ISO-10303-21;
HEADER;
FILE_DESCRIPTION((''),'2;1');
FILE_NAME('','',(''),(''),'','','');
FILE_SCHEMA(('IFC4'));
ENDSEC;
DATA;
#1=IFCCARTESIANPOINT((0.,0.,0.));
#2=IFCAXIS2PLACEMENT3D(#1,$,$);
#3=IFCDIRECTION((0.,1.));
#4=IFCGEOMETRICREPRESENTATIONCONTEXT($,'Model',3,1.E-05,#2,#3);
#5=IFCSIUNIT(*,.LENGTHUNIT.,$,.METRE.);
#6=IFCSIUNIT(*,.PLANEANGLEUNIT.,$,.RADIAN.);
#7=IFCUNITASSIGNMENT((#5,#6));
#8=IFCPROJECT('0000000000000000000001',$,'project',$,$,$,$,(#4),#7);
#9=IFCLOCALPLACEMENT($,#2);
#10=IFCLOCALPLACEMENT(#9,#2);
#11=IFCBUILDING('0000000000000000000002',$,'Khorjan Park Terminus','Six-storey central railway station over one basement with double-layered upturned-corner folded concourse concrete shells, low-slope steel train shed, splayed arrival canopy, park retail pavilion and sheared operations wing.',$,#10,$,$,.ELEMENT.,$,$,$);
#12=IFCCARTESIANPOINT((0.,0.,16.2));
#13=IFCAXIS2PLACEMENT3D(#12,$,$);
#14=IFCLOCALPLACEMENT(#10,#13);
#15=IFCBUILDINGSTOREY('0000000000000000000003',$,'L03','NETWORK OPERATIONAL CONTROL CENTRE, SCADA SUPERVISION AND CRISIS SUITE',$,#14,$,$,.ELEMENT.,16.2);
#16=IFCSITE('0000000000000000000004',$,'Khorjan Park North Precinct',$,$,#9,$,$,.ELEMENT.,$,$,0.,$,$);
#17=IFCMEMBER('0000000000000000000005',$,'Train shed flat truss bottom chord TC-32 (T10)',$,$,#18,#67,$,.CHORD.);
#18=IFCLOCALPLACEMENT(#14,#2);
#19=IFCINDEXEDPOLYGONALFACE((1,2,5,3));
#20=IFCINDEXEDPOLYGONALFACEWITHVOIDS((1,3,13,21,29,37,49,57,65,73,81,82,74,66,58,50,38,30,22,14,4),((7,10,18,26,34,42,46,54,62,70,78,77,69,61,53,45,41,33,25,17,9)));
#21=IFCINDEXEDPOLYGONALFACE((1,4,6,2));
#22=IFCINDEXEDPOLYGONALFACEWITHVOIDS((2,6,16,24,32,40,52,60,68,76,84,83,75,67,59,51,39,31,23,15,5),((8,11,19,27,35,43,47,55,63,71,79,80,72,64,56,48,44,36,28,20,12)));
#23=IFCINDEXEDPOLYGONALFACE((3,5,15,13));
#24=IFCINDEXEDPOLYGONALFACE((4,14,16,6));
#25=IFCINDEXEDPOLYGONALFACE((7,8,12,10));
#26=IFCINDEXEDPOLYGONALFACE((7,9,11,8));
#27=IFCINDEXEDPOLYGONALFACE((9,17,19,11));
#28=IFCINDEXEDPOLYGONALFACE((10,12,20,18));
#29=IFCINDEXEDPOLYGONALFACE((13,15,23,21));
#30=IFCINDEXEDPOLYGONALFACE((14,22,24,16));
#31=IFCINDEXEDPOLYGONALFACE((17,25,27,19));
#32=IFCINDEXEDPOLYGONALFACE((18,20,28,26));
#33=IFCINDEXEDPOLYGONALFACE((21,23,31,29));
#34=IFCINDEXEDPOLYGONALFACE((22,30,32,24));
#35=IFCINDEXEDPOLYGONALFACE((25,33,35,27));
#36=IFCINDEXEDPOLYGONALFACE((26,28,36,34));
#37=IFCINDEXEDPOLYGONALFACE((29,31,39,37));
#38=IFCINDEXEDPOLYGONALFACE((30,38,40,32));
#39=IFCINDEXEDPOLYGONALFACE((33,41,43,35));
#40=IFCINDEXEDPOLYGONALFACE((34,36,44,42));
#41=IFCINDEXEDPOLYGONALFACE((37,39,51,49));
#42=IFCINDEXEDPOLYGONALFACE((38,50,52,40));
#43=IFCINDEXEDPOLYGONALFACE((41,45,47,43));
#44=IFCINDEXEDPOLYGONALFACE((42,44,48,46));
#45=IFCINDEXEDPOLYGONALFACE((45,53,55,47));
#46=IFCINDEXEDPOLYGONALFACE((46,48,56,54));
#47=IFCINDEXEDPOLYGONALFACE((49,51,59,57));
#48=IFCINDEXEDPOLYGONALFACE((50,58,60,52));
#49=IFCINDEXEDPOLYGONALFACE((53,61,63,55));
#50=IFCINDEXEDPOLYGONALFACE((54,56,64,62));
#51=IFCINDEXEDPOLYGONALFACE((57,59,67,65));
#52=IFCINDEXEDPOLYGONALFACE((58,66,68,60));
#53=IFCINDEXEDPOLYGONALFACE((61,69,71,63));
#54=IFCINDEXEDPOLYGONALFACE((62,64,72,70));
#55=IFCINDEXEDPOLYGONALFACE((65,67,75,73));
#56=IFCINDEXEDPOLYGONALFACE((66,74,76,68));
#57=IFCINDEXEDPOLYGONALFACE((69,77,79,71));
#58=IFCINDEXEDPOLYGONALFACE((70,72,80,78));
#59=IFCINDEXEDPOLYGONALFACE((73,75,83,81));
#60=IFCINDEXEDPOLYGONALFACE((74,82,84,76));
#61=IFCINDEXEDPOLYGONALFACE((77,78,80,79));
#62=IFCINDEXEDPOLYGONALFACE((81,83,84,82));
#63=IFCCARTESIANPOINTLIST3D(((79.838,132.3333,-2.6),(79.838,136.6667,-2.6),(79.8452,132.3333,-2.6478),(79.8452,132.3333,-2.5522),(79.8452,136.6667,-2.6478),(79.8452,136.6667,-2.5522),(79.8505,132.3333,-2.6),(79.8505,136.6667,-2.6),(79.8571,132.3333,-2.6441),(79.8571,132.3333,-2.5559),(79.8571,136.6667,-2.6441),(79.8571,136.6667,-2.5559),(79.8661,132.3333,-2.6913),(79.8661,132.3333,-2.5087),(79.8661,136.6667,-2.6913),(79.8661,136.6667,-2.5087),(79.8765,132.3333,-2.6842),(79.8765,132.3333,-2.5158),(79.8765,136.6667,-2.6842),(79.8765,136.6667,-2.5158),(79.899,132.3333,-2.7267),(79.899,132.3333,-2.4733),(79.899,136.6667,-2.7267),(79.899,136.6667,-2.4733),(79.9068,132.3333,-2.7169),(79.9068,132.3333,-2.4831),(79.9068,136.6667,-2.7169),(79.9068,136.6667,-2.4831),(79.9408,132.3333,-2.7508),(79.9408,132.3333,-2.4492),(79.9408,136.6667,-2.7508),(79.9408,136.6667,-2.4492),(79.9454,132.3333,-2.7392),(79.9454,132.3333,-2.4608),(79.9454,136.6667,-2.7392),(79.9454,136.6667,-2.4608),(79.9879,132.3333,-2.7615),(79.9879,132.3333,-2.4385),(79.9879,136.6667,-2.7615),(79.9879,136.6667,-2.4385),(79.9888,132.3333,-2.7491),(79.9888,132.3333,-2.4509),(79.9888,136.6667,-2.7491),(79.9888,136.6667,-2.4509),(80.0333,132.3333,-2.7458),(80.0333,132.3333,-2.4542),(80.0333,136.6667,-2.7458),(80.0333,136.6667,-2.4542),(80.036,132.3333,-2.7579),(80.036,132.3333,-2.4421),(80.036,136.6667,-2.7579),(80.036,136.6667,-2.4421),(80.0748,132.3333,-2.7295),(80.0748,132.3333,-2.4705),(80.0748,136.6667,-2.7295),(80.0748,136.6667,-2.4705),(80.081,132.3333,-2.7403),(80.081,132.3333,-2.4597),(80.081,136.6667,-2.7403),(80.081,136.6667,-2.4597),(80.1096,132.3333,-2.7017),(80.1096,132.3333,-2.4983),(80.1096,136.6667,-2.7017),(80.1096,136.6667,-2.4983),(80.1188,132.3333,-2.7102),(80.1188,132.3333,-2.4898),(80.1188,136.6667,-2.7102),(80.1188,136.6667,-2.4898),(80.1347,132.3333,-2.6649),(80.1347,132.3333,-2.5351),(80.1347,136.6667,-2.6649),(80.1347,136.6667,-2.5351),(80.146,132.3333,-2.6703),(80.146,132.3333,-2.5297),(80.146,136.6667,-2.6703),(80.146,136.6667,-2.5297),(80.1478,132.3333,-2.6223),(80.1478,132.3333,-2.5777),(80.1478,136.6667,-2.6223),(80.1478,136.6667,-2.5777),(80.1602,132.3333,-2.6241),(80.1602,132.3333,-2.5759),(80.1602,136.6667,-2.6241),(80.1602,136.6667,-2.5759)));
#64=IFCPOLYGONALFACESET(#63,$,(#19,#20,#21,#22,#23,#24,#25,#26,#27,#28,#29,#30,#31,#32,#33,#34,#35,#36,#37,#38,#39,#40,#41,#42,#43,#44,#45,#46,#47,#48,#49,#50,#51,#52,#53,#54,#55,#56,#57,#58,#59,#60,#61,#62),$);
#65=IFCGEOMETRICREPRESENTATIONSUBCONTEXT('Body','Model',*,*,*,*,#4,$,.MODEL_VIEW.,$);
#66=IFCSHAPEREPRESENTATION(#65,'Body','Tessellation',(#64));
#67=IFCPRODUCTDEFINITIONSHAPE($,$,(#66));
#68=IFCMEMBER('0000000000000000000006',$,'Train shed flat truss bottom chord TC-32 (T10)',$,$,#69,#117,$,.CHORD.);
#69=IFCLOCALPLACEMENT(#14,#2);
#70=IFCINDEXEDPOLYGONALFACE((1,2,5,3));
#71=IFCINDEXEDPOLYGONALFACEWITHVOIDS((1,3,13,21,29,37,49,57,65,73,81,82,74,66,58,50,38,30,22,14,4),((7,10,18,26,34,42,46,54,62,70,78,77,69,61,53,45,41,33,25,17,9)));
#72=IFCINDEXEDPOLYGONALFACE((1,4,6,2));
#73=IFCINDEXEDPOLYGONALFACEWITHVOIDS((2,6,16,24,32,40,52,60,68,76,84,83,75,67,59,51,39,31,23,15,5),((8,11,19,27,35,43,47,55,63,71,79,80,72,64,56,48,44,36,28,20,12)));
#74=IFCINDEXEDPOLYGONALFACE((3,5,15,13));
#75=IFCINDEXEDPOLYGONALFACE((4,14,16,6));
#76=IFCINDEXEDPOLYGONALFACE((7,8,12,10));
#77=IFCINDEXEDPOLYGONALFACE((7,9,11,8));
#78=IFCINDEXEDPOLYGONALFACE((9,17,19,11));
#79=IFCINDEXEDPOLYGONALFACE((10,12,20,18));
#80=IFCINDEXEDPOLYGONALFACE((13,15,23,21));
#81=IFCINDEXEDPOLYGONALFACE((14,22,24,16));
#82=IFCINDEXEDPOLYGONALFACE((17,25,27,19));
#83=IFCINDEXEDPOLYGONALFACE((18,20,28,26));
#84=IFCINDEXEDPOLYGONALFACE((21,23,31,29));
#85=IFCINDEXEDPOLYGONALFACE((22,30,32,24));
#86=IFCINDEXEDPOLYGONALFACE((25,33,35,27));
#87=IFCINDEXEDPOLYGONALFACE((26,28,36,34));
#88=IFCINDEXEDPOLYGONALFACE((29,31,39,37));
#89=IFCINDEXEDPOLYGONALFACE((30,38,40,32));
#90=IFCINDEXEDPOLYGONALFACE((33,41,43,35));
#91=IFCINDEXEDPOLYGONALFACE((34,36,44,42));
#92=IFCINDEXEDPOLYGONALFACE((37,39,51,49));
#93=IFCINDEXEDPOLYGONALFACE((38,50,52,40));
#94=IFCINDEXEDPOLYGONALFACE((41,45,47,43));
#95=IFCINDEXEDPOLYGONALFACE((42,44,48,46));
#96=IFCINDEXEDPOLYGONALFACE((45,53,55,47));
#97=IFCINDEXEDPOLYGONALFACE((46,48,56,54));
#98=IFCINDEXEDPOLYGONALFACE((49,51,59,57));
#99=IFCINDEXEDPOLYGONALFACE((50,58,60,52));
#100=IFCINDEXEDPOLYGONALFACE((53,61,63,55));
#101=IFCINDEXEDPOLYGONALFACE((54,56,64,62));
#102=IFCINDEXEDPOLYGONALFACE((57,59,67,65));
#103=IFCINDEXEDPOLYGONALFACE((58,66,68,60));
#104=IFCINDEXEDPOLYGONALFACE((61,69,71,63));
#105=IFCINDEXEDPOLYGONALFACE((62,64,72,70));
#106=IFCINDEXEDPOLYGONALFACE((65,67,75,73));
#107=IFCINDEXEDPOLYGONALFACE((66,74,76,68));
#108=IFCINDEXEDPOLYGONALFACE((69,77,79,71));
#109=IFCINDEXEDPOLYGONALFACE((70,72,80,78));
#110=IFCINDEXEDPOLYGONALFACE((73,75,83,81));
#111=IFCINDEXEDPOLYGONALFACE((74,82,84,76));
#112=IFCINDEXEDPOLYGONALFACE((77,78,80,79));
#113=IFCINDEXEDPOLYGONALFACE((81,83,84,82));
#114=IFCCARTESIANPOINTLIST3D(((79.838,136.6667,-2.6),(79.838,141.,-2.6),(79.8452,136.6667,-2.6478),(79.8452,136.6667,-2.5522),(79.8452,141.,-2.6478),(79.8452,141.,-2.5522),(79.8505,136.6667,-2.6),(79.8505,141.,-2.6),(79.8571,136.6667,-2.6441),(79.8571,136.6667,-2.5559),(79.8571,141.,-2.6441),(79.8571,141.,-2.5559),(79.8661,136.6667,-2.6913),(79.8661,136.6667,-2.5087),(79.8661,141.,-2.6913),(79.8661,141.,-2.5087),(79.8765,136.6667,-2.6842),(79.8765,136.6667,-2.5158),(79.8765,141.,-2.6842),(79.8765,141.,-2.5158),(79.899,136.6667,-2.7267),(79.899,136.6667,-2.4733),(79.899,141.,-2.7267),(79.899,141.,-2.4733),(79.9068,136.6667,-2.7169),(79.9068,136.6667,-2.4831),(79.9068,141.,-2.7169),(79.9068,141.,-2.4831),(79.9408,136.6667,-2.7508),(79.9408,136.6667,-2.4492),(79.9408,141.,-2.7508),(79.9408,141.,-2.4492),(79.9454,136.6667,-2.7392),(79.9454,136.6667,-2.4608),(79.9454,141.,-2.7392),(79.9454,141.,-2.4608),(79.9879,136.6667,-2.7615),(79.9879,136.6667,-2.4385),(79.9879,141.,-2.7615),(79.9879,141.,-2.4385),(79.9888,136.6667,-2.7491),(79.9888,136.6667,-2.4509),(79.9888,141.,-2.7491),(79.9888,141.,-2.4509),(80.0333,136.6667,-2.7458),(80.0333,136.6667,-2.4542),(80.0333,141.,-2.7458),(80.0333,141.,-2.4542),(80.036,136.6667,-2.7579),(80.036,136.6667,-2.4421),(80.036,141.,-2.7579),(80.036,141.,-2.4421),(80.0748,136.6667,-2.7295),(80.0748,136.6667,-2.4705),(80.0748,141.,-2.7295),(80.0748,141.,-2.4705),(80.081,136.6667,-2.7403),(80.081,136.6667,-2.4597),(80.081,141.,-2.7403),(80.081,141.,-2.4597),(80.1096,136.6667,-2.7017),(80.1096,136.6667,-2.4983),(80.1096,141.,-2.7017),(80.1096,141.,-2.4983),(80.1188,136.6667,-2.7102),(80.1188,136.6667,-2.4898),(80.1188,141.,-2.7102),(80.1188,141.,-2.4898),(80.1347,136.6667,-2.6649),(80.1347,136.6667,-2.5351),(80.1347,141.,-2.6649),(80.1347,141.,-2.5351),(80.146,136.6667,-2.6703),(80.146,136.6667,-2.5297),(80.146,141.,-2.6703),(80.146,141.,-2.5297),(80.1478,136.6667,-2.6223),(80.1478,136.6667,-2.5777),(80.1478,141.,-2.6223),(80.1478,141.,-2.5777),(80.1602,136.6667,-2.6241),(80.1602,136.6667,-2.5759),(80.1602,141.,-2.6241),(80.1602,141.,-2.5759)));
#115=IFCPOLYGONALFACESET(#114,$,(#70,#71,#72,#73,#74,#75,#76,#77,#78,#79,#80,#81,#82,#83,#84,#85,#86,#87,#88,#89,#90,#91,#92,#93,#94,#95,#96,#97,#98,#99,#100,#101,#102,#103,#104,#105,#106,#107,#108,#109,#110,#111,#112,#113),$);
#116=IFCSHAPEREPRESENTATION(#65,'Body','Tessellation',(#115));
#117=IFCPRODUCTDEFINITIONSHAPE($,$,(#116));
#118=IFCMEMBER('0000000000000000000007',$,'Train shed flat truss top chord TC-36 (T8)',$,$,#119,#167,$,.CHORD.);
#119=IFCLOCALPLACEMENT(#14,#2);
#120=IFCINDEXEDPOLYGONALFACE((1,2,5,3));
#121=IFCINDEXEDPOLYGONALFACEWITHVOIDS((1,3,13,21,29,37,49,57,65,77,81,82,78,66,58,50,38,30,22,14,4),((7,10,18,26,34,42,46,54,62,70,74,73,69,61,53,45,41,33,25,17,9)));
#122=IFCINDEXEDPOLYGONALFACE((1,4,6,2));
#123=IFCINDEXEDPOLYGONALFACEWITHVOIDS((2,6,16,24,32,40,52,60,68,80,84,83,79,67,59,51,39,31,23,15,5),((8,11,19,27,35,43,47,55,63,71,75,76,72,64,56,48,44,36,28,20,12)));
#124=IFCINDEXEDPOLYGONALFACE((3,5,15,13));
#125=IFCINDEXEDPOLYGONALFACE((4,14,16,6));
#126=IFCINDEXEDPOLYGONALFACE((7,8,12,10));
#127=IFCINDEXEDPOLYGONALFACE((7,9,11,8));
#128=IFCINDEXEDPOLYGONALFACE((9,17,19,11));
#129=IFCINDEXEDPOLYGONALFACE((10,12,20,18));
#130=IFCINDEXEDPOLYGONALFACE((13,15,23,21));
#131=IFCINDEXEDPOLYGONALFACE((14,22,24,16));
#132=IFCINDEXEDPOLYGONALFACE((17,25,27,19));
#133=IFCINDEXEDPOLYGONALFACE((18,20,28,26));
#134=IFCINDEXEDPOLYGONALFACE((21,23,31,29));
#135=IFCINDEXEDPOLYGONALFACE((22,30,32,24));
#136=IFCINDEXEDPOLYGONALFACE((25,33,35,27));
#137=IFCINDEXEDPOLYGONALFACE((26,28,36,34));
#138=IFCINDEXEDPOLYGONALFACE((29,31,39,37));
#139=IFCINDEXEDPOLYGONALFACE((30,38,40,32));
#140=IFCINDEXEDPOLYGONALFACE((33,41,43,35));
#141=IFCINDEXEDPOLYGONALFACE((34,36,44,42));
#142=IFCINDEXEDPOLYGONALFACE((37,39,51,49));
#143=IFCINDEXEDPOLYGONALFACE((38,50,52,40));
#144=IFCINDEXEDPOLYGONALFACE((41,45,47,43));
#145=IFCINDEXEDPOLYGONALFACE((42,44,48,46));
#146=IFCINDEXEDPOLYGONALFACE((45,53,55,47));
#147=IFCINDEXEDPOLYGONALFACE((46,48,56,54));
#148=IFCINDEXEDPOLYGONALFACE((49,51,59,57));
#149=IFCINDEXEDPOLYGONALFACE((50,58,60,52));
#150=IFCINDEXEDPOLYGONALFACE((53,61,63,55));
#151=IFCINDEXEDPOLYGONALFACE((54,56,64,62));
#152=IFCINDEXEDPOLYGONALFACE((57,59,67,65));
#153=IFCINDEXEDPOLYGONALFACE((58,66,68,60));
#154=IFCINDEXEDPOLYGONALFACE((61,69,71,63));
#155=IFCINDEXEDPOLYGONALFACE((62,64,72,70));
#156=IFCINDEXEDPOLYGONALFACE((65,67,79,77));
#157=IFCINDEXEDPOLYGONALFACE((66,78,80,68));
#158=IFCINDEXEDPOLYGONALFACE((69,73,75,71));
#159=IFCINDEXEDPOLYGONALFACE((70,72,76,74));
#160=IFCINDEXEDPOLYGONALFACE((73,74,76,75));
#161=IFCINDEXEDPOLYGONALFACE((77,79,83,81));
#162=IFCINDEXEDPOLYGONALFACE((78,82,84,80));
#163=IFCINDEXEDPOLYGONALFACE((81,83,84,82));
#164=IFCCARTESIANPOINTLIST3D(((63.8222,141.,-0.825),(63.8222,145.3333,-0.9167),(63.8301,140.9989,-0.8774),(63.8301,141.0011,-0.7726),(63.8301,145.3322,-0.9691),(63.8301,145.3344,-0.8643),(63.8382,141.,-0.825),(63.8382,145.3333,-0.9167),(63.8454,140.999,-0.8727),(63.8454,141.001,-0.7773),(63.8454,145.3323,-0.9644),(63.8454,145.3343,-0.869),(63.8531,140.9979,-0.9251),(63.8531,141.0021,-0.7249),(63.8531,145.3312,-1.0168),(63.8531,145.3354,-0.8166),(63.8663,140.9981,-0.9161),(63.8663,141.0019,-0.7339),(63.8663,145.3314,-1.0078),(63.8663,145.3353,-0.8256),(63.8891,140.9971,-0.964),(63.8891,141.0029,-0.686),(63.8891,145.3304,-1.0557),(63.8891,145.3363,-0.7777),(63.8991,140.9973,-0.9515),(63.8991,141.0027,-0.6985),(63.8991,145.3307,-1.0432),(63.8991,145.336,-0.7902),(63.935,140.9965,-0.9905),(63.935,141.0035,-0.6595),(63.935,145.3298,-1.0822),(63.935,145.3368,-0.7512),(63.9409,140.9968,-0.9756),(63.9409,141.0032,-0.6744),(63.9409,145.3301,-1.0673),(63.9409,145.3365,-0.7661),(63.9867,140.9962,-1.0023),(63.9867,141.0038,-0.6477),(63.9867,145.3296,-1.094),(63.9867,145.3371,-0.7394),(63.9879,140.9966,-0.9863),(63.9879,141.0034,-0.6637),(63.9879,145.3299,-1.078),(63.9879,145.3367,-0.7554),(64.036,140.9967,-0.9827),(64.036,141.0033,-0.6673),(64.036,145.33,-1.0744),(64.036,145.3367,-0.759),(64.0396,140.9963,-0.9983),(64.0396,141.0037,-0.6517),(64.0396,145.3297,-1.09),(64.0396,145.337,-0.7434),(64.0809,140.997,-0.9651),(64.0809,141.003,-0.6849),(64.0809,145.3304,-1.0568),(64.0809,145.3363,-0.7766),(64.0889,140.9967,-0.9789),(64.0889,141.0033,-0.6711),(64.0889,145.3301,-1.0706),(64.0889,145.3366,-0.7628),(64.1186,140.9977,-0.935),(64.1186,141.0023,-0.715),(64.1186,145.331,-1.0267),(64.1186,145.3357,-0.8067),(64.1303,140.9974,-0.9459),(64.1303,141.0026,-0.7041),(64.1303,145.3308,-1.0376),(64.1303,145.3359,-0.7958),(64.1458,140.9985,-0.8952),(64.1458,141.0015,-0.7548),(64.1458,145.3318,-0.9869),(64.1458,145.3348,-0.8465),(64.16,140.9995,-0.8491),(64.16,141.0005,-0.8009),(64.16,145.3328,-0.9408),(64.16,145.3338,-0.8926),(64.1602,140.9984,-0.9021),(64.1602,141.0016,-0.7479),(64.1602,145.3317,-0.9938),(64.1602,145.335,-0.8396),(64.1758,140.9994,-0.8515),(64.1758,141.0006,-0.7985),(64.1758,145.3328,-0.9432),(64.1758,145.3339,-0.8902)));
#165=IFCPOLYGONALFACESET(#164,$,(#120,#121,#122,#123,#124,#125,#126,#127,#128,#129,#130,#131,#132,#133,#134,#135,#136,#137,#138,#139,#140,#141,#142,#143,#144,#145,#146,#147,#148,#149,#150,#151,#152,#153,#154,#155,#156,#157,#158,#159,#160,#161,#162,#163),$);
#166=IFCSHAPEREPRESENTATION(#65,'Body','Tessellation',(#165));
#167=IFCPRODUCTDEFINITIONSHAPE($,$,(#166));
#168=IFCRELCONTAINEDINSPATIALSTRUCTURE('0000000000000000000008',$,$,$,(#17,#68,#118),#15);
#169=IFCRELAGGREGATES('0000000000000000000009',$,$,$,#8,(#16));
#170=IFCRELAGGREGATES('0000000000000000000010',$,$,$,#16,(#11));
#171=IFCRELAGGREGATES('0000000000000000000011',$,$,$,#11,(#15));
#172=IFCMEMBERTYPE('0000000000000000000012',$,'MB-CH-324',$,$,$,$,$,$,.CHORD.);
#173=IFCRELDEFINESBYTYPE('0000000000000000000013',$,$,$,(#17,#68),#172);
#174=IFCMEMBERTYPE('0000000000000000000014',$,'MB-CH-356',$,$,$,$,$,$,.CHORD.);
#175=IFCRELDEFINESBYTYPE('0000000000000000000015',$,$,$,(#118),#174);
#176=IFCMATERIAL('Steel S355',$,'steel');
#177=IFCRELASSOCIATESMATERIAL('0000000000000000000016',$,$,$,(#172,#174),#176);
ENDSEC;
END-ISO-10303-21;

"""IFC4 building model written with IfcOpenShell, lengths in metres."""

from ifc_helpers import new_model, si_unit, direction, frame, origin, origin_2d, place, context, subcontext, project, spatial, hollow_circle, extrude, material, material_profile, profile_set, type_object, element, save


model = new_model("IFC4")

# Units and contexts
model_context = context("Model", 3, precision=1e-05, world=origin(), true_north=direction((0.0, 1.0)))
body_context = subcontext(model_context, "Body", "Model", "MODEL_VIEW")
ifc_project = project(units=[si_unit("LENGTHUNIT", "METRE"), si_unit("PLANEANGLEUNIT", "RADIAN")], contexts=[model_context])

# Site, building, storey
site_placement = place(None, origin())
site = spatial("IfcSite", under=ifc_project, at=site_placement, Name="Khorjan Park North Precinct", CompositionType="ELEMENT", RefElevation=0.0)
building_placement = place(site_placement, origin())
building = spatial("IfcBuilding", under=site, at=building_placement, Name="Khorjan Park Terminus", Description="Six-storey central railway station over one basement with double-layered upturned-corner folded concourse concrete shells, low-slope steel train shed, splayed arrival canopy, park retail pavilion and sheared operations wing.", CompositionType="ELEMENT")
storey_placement = place(building_placement, frame((0.0, 0.0, 16.2)))
storey = spatial("IfcBuildingStorey", under=building, at=storey_placement, Name="L03", Description="NETWORK OPERATIONAL CONTROL CENTRE, SCADA SUPERVISION AND CRISIS SUITE", CompositionType="ELEMENT", Elevation=16.2)

# Members
ifc_material = material(Name="Steel S355", Category="steel")
ifc_material_profile_1 = material_profile(ifc_material, hollow_circle(Radius=0.162, WallThickness=0.0125, at=origin_2d()), Name="CHS 323.9x12.5")
ifc_profile_set_1 = profile_set([ifc_material_profile_1], Name="Steel S355")
member_type_1 = type_object("IfcMemberType", Name="MB-CH-324", PredefinedType="CHORD", material=ifc_profile_set_1)
member_1_placement = place(storey_placement, frame((80.0, 132.3333, -2.6), z_axis=(0.0, 1.0, 0.0), x_axis=(-1.0, 0.0, 0.0)))
element("IfcMember", 1, at=member_1_placement, inside=storey, type_object=member_type_1, Name="Train shed flat truss bottom chord TC-32 (T10)", PredefinedType="CHORD", context=body_context, shape_type="SweptSolid", body=[
    extrude(hollow_circle(Radius=0.162, WallThickness=0.0125, at=origin_2d()), origin(), (0.0, 0.0, 1.0), 4.3334),
])
member_2_placement = place(storey_placement, frame((80.0, 136.6667, -2.6), z_axis=(0.0, 1.0, 0.0), x_axis=(-1.0, 0.0, 0.0)))
element("IfcMember", 2, at=member_2_placement, inside=storey, type_object=member_type_1, Name="Train shed flat truss bottom chord TC-32 (T10)", PredefinedType="CHORD", context=body_context, shape_type="SweptSolid", body=[
    extrude(hollow_circle(Radius=0.162, WallThickness=0.0125, at=origin_2d()), origin(), (0.0, 0.0, 1.0), 4.3333),
])
ifc_material_profile_2 = material_profile(ifc_material, hollow_circle(Radius=0.1778, WallThickness=0.016, at=origin_2d()), Name="CHS 355.6x16")
ifc_profile_set_2 = profile_set([ifc_material_profile_2], Name="Steel S355")
member_type_2 = type_object("IfcMemberType", Name="MB-CH-356", PredefinedType="CHORD", material=ifc_profile_set_2)
member_3_placement = place(storey_placement, frame((64.0, 141.0, -0.825), z_axis=(0.0, 0.999776, -0.021157), x_axis=(-1.0, 0.0, 0.0)))
element("IfcMember", 3, at=member_3_placement, inside=storey, type_object=member_type_2, Name="Train shed flat truss top chord TC-36 (T8)", PredefinedType="CHORD", context=body_context, shape_type="SweptSolid", body=[
    extrude(hollow_circle(Radius=0.1778, WallThickness=0.016, at=origin_2d()), origin(), (0.0, 0.0, 1.0), 4.3343),
])

save(model, "model.ifc")
